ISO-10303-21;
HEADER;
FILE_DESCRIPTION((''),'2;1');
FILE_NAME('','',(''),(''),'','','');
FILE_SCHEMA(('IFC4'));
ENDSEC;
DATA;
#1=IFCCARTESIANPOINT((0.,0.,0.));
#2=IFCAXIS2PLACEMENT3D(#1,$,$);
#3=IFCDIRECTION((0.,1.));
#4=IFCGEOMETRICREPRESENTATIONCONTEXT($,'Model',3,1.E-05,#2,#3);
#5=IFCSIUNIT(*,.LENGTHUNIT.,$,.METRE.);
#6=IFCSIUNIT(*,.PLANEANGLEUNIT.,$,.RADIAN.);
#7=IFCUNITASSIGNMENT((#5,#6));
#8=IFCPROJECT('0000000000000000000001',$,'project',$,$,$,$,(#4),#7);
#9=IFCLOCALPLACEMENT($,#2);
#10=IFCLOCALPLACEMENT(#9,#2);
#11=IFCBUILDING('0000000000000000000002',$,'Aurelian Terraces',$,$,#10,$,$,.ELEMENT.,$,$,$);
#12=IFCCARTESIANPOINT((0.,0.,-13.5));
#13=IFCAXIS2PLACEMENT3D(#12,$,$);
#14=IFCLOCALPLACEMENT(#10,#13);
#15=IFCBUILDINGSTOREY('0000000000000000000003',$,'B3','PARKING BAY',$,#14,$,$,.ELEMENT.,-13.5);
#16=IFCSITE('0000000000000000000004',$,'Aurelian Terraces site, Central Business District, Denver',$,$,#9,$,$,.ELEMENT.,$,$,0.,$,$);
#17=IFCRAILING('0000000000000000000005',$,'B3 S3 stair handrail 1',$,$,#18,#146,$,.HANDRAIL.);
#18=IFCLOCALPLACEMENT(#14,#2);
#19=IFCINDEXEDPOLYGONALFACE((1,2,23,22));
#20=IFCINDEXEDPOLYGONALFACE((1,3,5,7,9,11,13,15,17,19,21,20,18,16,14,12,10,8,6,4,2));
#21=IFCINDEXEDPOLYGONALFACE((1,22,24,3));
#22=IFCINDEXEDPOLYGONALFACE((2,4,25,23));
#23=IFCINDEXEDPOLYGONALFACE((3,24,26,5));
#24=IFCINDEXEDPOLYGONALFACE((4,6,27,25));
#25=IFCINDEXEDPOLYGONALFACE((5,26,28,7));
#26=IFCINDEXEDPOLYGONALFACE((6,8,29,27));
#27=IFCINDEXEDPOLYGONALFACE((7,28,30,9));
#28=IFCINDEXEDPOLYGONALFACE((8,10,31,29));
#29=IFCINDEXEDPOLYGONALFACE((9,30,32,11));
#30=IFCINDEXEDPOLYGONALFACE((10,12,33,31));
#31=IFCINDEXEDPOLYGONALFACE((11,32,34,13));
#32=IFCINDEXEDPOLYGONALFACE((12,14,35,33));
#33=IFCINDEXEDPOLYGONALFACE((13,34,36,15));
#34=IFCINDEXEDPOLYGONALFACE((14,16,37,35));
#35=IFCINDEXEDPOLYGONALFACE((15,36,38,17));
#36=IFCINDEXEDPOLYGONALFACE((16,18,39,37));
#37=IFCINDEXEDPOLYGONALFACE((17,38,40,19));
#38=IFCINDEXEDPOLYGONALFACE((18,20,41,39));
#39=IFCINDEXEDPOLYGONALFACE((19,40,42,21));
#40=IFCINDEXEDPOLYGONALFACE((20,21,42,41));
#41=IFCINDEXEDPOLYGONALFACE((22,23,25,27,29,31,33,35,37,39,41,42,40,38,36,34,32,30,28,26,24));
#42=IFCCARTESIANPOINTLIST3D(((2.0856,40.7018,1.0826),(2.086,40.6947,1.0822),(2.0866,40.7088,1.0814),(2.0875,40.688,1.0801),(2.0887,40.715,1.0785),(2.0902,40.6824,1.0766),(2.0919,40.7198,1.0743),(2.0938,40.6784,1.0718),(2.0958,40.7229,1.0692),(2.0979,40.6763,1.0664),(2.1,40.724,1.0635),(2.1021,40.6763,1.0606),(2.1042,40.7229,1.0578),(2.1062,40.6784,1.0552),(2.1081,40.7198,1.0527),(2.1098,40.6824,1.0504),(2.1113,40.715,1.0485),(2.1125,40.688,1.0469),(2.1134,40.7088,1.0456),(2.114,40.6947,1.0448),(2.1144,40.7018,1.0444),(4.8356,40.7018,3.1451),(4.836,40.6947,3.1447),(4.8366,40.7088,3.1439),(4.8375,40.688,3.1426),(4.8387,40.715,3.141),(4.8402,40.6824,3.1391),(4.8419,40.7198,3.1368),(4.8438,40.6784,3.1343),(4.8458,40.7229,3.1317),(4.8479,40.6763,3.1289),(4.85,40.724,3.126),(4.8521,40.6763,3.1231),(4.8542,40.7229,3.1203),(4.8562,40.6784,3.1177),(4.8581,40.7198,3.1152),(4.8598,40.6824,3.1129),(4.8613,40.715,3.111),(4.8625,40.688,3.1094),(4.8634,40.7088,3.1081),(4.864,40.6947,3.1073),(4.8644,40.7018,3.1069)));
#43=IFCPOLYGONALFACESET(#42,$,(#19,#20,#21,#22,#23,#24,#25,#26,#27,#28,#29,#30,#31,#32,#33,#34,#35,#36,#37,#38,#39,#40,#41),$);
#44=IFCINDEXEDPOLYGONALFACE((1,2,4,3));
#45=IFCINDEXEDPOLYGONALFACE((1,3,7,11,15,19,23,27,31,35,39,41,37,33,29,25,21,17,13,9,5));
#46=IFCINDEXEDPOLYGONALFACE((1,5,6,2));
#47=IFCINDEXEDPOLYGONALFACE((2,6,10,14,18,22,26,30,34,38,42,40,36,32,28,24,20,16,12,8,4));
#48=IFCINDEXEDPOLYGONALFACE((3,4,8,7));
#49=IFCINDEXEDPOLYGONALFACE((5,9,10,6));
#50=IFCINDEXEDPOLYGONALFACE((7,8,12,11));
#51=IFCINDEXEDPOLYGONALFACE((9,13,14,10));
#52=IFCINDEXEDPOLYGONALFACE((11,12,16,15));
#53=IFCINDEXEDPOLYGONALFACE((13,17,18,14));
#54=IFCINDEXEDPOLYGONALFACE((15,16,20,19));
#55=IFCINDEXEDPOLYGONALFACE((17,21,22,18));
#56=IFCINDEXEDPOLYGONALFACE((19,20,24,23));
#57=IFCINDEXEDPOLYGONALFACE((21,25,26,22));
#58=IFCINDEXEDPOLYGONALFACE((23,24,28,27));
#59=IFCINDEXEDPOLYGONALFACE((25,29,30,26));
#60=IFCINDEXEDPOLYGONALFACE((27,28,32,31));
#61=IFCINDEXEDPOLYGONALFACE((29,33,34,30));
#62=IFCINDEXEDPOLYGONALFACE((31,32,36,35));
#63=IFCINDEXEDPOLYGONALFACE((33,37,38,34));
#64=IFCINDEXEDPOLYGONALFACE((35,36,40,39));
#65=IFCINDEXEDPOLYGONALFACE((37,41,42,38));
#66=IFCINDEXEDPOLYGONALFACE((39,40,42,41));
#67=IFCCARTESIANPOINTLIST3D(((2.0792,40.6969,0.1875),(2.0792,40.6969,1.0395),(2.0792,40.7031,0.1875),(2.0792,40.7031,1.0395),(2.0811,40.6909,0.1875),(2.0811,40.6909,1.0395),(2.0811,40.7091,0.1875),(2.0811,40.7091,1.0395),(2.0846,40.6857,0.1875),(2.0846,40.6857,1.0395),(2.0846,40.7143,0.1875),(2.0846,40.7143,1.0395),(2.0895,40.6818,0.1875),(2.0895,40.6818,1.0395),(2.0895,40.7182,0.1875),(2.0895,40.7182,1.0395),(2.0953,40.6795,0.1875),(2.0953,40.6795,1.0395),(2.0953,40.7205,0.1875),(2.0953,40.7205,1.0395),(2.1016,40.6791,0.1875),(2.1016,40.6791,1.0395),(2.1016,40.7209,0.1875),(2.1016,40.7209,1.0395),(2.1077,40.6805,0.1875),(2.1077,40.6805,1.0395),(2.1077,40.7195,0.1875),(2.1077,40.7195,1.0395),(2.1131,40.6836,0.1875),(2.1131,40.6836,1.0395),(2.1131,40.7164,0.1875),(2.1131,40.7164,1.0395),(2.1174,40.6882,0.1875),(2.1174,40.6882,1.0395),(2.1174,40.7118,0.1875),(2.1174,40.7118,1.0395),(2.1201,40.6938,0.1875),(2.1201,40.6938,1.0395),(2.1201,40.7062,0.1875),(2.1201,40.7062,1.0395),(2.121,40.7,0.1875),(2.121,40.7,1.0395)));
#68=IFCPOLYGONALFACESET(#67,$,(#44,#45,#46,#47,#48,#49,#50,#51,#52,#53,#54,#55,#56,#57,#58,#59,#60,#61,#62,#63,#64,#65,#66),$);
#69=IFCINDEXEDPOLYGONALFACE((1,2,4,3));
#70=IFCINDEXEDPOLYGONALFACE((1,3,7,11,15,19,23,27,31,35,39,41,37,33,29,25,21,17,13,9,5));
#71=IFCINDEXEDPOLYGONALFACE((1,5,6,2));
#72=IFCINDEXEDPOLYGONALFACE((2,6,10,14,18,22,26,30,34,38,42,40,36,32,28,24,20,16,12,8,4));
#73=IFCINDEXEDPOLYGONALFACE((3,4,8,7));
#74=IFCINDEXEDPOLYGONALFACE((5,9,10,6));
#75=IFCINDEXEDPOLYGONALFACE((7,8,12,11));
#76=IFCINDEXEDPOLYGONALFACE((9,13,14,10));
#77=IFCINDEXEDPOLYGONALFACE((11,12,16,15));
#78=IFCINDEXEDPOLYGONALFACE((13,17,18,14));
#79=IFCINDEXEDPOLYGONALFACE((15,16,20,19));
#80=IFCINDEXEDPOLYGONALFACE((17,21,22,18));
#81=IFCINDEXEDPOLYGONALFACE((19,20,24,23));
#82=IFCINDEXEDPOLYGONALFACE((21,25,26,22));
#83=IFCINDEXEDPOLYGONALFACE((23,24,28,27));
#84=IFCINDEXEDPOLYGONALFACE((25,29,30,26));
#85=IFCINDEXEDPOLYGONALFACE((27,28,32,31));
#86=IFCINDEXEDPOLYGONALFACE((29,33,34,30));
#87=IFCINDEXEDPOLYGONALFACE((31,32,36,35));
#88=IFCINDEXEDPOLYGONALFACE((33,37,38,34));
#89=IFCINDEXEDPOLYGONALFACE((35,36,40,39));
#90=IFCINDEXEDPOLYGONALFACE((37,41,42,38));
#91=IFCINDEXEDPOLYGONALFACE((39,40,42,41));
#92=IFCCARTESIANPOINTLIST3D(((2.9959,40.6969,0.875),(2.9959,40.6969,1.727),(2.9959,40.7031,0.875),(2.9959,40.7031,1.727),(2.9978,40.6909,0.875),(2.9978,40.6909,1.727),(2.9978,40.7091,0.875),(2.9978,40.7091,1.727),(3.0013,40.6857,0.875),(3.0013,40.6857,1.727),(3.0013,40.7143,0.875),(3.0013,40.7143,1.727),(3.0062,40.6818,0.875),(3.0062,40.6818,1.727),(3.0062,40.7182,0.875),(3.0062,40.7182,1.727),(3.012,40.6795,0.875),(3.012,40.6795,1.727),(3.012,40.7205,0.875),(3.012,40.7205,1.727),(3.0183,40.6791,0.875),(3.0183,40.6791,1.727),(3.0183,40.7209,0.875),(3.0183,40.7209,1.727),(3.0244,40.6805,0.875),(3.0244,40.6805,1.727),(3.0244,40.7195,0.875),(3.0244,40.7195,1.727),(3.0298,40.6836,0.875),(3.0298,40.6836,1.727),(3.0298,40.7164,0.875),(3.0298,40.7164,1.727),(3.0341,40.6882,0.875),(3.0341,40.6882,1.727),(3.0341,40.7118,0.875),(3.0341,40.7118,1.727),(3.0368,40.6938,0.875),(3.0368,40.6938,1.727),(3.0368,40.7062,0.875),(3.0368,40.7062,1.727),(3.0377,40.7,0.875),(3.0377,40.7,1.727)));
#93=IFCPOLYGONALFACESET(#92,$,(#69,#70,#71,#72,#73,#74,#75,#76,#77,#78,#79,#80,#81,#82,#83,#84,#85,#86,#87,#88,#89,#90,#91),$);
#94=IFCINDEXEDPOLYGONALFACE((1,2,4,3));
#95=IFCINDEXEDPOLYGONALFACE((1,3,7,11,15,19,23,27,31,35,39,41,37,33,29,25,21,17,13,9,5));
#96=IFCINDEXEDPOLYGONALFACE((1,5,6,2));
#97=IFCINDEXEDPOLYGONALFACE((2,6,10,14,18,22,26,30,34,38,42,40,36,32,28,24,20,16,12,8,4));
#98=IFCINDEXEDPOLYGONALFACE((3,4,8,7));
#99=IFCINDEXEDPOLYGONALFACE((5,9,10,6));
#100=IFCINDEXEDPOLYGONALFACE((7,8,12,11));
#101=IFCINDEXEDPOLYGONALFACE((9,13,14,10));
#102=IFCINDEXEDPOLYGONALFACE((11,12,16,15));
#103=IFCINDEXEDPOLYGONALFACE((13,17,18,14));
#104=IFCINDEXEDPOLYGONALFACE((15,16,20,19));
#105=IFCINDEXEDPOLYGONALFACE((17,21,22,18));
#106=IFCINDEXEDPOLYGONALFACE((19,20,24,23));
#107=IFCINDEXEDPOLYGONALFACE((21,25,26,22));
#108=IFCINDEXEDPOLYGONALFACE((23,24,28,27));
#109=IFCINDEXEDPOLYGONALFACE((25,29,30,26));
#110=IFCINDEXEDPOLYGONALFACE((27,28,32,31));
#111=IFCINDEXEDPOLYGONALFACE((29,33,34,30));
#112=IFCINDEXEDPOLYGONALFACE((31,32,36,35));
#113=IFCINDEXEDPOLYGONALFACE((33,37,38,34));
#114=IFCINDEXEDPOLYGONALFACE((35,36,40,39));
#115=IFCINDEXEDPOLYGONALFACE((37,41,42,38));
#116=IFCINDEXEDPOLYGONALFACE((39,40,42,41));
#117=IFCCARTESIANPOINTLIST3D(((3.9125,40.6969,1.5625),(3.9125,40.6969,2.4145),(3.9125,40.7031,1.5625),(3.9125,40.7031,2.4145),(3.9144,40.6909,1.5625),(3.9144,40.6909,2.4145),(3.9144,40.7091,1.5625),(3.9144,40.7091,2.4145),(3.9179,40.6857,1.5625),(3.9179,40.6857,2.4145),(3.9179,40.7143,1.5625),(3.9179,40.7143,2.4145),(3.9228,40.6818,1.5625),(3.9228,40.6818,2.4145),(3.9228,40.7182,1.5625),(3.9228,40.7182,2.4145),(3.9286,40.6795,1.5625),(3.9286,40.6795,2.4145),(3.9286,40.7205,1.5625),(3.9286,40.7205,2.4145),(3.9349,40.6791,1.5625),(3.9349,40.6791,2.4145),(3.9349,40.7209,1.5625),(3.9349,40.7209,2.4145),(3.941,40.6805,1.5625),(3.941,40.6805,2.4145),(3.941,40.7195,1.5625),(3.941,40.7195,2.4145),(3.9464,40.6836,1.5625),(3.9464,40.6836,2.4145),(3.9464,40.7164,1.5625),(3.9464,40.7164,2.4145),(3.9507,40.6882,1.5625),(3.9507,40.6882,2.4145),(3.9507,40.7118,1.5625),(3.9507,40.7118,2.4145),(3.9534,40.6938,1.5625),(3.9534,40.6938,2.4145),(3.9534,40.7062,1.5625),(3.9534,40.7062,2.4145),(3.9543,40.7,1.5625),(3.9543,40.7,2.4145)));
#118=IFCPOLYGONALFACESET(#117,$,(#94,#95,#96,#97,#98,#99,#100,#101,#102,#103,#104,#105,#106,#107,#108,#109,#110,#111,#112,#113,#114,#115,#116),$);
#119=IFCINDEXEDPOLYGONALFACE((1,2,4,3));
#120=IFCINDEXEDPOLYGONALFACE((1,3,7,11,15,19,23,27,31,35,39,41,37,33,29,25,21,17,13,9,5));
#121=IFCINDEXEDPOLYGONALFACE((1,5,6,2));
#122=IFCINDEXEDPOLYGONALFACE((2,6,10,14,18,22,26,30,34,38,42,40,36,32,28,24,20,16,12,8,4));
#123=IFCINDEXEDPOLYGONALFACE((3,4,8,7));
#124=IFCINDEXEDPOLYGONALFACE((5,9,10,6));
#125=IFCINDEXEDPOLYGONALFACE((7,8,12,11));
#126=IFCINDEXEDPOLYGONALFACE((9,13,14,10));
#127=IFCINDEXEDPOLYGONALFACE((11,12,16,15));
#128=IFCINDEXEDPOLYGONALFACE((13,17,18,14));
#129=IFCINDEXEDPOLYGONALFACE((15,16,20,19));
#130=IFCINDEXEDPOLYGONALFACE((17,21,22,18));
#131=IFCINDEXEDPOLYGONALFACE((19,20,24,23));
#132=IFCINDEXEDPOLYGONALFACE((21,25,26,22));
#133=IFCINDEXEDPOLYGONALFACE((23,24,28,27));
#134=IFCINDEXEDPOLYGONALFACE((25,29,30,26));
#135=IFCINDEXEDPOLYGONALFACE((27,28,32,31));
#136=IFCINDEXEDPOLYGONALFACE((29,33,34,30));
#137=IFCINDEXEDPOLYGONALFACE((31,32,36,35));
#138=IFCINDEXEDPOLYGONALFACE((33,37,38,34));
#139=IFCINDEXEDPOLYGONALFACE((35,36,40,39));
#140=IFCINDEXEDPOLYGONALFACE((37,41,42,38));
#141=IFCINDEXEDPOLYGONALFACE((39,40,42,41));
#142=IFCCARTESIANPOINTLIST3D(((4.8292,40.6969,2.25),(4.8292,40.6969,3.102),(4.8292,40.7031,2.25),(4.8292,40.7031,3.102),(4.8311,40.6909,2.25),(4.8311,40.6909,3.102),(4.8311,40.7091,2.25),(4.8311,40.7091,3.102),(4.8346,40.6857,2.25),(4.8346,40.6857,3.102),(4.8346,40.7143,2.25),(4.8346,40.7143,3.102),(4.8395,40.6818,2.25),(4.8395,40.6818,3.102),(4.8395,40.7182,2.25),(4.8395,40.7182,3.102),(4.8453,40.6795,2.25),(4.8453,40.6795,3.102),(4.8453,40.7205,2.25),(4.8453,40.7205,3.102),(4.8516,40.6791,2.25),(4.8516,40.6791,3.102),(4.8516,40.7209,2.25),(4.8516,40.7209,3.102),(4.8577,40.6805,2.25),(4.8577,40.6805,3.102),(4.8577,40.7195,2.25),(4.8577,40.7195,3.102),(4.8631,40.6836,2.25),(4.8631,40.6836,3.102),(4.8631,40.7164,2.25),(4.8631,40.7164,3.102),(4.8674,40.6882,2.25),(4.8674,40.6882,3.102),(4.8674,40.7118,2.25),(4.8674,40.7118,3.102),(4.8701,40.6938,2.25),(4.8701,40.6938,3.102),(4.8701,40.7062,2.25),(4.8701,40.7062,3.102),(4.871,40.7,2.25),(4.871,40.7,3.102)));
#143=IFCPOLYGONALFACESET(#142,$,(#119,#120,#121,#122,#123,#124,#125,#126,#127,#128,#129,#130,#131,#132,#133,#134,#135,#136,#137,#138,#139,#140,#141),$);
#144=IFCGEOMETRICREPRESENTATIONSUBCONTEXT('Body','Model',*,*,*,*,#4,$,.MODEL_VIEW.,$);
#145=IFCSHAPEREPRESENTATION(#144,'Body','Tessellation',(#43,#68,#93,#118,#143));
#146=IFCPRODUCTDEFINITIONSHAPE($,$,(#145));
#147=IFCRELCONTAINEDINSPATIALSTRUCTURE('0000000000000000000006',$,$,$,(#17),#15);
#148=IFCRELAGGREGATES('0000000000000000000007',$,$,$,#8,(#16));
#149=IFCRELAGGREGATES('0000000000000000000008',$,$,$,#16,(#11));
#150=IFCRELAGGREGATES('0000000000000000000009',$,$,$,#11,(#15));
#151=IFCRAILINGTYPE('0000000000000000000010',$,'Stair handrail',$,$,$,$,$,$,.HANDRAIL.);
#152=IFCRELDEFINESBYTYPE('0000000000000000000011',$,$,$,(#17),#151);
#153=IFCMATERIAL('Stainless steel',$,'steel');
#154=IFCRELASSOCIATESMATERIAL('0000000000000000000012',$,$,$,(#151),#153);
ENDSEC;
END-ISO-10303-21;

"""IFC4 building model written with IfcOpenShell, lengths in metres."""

from ifc_helpers import new_model, si_unit, direction, frame, origin, origin_2d, place, context, subcontext, project, spatial, circle, extrude, material, type_object, element, save


model = new_model("IFC4")

# Units and contexts
model_context = context("Model", 3, precision=1e-05, world=origin(), true_north=direction((0.0, 1.0)))
body_context = subcontext(model_context, "Body", "Model", "MODEL_VIEW")
ifc_project = project(units=[si_unit("LENGTHUNIT", "METRE"), si_unit("PLANEANGLEUNIT", "RADIAN")], contexts=[model_context])

# Site, building, storey
site_placement = place(None, origin())
site = spatial("IfcSite", under=ifc_project, at=site_placement, Name="Aurelian Terraces site, Central Business District, Denver", CompositionType="ELEMENT", RefElevation=0.0)
building_placement = place(site_placement, origin())
building = spatial("IfcBuilding", under=site, at=building_placement, Name="Aurelian Terraces", CompositionType="ELEMENT")
storey_placement = place(building_placement, frame((0.0, 0.0, -13.5)))
storey = spatial("IfcBuildingStorey", under=building, at=storey_placement, Name="B3", Description="PARKING BAY", CompositionType="ELEMENT", Elevation=-13.5)

# Railing
ifc_material_1 = material(Name="Stainless steel", Category="steel")
railing_type_1 = type_object("IfcRailingType", Name="Stair handrail", PredefinedType="HANDRAIL", material=ifc_material_1)
railing_1_placement = place(storey_placement, frame((2.1, 40.7, 0.1875)))
element("IfcRailing", 1, at=railing_1_placement, inside=storey, type_object=railing_type_1, Name="B3 S3 stair handrail 1", PredefinedType="HANDRAIL", context=body_context, shape_type="SweptSolid", body=[
    extrude(circle(Radius=0.024, at=origin_2d()), frame((0.0, 0.0, 0.876), z_axis=(0.8, 0.0, 0.6), x_axis=(0.0, 1.0, 0.0)), (0.0, 0.0, 1.0), 3.4375),
    extrude(circle(Radius=0.021, at=origin_2d()), origin(), (0.0, 0.0, 1.0), 0.852),
    extrude(circle(Radius=0.021, at=origin_2d()), frame((0.9167, 0.0, 0.6875)), (0.0, 0.0, 1.0), 0.852),
    extrude(circle(Radius=0.021, at=origin_2d()), frame((1.8333, 0.0, 1.375)), (0.0, 0.0, 1.0), 0.852),
    extrude(circle(Radius=0.021, at=origin_2d()), frame((2.75, 0.0, 2.0625)), (0.0, 0.0, 1.0), 0.852),
])

save(model, "model.ifc")
